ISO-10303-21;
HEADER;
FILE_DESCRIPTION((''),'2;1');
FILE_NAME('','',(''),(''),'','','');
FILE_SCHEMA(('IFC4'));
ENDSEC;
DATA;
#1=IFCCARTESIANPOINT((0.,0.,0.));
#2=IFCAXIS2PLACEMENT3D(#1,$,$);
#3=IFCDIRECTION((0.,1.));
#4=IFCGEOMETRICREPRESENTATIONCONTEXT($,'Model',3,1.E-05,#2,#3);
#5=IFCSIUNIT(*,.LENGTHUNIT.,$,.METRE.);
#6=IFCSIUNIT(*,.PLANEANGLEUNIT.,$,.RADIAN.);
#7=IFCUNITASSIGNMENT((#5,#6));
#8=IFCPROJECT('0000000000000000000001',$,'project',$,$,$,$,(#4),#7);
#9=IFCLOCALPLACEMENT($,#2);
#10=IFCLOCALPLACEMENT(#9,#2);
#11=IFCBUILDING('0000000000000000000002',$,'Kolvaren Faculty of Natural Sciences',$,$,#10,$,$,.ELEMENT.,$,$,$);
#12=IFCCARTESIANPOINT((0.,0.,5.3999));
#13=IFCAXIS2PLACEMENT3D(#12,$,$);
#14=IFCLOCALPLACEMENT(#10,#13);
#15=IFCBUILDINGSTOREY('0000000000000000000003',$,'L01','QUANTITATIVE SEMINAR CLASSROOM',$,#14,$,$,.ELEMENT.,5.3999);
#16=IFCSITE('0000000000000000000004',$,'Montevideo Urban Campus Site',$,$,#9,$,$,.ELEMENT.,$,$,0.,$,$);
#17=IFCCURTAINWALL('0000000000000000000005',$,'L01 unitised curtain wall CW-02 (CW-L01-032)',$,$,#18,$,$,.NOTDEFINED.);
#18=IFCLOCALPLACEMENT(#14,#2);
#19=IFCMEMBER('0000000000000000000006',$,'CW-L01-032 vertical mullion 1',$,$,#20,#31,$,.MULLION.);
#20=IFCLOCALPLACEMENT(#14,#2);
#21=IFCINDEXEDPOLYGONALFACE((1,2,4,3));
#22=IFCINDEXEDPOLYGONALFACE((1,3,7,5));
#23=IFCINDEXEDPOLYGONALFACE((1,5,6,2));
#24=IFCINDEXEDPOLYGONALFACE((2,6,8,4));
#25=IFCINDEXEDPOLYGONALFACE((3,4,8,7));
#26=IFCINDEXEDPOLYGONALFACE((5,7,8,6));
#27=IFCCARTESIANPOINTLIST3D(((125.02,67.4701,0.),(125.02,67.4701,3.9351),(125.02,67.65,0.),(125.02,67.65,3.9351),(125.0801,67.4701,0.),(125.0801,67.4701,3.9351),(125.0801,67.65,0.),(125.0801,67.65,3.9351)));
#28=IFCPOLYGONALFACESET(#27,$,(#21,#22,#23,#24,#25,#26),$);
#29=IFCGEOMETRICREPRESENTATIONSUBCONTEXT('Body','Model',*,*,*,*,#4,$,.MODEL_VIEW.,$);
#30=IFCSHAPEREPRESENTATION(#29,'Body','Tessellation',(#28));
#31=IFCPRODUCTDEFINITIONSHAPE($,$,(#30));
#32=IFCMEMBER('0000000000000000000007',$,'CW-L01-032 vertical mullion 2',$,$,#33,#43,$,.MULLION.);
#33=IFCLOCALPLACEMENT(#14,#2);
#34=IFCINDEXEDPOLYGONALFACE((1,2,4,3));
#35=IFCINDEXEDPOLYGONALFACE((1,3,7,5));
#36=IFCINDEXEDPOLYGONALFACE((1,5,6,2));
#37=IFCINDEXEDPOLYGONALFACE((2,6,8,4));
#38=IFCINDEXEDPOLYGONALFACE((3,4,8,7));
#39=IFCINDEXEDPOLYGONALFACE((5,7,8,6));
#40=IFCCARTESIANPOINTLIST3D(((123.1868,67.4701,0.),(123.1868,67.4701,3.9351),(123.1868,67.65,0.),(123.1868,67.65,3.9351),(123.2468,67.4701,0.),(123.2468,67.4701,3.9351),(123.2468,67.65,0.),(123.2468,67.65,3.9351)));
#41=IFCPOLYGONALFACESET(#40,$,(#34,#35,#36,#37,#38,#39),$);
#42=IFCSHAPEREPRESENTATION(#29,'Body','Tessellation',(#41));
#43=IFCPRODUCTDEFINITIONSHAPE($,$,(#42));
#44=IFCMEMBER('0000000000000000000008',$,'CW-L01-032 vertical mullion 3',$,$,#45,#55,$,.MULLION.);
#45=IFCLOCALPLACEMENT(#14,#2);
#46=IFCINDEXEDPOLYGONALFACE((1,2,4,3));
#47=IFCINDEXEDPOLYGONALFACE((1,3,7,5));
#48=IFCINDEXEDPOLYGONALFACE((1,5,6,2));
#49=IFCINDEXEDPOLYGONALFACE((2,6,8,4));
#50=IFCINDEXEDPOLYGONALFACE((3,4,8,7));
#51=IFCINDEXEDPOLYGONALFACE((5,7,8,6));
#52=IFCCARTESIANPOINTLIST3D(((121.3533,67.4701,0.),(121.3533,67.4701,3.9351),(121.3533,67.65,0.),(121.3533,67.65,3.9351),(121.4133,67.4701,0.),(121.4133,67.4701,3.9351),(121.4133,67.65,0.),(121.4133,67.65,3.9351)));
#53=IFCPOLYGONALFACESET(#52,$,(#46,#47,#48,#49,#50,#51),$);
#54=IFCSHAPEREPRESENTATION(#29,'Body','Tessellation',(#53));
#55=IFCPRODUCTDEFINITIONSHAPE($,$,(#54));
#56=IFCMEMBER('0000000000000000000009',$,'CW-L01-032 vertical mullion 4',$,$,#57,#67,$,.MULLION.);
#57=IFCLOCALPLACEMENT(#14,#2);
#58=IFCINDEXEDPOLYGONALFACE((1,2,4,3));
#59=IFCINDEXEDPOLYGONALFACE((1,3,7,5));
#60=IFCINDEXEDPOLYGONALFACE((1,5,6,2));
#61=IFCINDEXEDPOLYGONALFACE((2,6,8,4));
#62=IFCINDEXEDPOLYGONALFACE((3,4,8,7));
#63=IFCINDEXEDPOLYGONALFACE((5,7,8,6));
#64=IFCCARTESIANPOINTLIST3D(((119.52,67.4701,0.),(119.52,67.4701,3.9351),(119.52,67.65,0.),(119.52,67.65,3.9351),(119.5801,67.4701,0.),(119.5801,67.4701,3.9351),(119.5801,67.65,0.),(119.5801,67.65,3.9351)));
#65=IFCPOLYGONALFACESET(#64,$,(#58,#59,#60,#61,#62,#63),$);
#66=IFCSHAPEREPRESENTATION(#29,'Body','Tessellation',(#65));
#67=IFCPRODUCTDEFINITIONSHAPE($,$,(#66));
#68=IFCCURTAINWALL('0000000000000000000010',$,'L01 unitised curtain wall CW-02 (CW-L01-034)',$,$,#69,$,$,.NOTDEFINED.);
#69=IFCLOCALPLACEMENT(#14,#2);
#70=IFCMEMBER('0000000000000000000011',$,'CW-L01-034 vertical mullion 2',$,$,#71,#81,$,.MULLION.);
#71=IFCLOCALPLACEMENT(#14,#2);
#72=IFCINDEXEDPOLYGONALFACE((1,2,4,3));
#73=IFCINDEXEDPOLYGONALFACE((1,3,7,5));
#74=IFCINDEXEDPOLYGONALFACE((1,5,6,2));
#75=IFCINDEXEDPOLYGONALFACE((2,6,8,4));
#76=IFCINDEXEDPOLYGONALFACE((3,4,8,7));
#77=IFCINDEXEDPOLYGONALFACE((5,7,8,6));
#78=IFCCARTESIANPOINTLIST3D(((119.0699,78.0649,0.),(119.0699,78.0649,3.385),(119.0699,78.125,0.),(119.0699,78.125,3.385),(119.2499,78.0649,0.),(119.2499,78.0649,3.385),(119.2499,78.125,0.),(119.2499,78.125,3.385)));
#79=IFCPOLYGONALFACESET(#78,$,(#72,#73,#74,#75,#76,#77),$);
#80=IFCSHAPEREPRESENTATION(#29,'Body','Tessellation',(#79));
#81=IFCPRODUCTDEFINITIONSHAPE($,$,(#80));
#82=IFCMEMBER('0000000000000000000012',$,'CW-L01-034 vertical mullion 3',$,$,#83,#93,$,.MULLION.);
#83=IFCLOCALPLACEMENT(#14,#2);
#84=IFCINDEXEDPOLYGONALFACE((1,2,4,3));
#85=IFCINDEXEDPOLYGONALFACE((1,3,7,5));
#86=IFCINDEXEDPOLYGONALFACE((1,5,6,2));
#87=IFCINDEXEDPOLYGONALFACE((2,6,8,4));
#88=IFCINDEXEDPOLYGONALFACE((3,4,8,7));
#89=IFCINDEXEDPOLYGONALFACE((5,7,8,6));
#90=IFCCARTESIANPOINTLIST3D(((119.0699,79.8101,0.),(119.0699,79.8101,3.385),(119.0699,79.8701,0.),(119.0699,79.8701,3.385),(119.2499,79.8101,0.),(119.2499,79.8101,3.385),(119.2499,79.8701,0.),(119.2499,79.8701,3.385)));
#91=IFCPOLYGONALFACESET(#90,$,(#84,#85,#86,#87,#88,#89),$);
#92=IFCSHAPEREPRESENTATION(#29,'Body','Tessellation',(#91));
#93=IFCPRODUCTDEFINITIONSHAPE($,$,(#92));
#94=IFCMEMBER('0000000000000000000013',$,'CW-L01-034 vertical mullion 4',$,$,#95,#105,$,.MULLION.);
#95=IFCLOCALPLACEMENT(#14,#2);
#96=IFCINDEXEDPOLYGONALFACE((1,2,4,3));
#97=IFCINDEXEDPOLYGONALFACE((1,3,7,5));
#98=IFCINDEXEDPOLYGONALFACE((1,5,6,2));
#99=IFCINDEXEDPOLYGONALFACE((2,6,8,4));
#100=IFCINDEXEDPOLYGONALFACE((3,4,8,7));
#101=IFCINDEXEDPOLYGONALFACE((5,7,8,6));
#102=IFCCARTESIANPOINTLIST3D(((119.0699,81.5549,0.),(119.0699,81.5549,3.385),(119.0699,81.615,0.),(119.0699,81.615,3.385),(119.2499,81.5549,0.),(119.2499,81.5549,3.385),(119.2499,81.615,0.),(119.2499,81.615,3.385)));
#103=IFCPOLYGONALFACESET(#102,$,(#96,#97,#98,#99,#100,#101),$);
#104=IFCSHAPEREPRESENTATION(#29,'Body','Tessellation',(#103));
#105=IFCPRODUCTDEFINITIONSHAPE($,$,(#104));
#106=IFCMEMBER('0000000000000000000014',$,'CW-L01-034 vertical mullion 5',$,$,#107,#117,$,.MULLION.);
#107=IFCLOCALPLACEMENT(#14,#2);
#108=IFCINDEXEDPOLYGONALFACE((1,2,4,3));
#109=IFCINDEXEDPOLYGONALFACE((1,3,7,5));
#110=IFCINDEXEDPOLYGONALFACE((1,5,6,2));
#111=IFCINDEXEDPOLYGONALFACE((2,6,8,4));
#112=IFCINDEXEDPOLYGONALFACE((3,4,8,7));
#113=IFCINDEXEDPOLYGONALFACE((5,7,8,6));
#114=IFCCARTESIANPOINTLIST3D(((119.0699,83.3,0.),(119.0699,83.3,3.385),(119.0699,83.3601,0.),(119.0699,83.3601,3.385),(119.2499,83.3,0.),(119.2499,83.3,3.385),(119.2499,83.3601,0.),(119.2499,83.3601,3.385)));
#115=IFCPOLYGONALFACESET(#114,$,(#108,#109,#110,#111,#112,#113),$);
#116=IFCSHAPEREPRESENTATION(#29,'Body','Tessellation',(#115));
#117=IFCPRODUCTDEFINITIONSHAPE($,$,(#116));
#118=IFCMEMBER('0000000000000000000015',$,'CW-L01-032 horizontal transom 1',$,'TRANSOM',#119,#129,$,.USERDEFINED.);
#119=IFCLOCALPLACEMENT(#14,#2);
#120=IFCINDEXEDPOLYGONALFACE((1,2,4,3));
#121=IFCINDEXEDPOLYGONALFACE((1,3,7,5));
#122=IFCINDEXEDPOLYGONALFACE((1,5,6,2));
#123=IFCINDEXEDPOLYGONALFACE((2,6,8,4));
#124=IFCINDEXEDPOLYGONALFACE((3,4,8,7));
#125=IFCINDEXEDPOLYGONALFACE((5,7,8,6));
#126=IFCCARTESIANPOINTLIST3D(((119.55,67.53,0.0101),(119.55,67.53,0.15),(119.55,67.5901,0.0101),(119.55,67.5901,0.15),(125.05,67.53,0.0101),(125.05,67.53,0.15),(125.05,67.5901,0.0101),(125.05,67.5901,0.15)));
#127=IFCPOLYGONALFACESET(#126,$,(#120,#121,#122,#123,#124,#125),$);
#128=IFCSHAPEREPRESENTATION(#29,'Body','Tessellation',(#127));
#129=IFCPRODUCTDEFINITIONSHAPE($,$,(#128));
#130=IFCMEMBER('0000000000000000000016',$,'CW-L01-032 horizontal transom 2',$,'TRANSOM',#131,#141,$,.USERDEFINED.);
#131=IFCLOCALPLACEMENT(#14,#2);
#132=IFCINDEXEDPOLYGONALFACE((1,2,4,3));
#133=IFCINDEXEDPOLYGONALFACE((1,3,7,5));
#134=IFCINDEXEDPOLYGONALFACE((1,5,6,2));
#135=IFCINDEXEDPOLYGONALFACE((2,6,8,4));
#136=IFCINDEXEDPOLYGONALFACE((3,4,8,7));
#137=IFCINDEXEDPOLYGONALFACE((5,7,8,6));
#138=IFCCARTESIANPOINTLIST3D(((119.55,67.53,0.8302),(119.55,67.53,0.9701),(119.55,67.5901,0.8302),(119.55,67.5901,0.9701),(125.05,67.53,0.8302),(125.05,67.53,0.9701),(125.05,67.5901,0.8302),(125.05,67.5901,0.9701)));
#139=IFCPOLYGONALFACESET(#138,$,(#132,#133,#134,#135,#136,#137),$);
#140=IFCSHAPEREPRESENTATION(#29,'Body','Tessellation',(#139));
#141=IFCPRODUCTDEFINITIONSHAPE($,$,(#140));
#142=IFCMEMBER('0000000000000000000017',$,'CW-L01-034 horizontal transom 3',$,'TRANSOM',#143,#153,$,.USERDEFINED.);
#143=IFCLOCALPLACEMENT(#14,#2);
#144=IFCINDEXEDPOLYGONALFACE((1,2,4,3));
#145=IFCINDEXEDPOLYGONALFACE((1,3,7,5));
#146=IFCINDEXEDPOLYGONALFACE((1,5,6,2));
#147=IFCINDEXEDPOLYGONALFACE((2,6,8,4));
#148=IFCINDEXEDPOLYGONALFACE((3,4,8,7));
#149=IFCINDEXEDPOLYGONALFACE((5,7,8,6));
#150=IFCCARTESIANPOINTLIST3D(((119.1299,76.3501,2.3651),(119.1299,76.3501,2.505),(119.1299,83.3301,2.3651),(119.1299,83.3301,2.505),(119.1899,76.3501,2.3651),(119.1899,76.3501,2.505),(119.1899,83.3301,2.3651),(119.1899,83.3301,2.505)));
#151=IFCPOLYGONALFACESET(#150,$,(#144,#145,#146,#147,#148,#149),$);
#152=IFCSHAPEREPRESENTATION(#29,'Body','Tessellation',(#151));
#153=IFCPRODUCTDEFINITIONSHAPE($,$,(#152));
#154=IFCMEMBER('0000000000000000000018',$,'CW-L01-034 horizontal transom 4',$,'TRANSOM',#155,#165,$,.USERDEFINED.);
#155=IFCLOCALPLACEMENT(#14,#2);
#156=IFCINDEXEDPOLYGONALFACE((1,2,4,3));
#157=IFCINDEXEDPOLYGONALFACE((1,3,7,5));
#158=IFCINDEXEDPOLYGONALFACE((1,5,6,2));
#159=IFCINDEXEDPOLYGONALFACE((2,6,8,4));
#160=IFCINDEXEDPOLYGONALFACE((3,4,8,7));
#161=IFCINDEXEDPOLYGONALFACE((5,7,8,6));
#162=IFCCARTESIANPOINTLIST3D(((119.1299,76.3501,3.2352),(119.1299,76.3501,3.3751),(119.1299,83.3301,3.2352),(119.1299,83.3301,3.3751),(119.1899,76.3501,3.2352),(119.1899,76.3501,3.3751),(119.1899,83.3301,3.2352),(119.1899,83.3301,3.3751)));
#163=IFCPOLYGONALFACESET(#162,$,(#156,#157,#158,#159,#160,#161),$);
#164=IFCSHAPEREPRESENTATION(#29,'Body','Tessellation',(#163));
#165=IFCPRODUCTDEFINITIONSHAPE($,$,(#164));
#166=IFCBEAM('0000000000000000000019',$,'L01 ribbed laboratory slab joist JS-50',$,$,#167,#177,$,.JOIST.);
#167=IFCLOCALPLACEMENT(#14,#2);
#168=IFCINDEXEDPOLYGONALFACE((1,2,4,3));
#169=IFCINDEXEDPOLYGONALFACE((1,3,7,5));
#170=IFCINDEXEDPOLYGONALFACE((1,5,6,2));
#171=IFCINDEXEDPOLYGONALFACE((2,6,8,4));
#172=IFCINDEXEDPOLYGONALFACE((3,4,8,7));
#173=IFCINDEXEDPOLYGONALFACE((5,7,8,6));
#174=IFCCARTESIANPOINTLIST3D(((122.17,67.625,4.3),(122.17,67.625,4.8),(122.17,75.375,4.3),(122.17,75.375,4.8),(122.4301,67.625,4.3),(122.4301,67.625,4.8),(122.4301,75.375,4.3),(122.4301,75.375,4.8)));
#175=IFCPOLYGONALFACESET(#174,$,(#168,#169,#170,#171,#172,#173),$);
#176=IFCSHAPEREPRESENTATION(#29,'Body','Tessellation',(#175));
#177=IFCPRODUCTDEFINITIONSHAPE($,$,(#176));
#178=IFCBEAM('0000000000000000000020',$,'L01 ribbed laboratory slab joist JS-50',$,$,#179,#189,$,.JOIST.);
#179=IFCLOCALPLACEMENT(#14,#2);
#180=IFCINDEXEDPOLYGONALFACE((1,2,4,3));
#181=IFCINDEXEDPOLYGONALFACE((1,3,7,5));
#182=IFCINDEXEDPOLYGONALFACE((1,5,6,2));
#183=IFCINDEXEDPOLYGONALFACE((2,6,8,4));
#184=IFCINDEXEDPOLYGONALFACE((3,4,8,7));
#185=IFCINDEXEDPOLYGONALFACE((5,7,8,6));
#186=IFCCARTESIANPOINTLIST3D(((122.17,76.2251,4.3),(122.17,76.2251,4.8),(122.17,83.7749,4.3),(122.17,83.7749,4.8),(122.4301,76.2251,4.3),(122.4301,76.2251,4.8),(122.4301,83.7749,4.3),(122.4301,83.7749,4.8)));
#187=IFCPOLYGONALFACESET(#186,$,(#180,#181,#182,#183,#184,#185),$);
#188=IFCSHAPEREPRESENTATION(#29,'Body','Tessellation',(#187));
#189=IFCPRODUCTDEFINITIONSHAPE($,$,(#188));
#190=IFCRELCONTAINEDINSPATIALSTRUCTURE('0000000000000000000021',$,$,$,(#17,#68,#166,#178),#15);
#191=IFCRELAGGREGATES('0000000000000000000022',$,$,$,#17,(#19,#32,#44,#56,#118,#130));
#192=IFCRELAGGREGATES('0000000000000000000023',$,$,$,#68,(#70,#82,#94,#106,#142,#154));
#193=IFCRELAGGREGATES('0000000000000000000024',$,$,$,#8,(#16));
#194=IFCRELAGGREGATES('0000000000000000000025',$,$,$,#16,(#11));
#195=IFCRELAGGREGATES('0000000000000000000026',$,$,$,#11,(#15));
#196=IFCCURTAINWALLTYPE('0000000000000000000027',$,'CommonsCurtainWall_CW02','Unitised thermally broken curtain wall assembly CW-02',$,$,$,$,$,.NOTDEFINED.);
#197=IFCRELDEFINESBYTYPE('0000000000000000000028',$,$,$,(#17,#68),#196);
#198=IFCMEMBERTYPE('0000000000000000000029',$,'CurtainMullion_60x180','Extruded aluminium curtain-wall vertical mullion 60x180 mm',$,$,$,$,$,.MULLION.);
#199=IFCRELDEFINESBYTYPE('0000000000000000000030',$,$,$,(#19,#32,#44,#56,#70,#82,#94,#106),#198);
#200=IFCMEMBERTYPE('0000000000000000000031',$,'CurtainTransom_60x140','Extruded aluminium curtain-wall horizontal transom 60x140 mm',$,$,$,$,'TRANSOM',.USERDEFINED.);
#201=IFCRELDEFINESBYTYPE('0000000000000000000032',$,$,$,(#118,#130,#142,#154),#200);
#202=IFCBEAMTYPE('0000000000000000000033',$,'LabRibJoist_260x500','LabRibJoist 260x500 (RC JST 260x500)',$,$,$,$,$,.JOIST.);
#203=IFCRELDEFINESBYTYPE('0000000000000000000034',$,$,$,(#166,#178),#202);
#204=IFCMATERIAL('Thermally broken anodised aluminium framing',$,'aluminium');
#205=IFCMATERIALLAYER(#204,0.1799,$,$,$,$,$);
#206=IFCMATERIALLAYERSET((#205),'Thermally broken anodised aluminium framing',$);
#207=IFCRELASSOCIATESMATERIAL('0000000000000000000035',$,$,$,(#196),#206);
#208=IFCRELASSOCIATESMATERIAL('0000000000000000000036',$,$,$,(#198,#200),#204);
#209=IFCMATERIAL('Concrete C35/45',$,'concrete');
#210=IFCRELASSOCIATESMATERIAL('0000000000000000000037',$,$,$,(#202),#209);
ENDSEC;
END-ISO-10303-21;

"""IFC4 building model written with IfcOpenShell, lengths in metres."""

from ifc_helpers import new_model, si_unit, direction, frame, origin, origin_2d, place, context, subcontext, project, spatial, rectangle, extrude, material, layer, layer_set, material_profile, profile_set, type_object, element, aggregate, save


model = new_model("IFC4")

# Units and contexts
model_context = context("Model", 3, precision=1e-05, world=origin(), true_north=direction((0.0, 1.0)))
body_context = subcontext(model_context, "Body", "Model", "MODEL_VIEW")
ifc_project = project(units=[si_unit("LENGTHUNIT", "METRE"), si_unit("PLANEANGLEUNIT", "RADIAN")], contexts=[model_context])

# Site, building, storey
site_placement = place(None, origin())
site = spatial("IfcSite", under=ifc_project, at=site_placement, Name="Montevideo Urban Campus Site", CompositionType="ELEMENT", RefElevation=0.0)
building_placement = place(site_placement, origin())
building = spatial("IfcBuilding", under=site, at=building_placement, Name="Kolvaren Faculty of Natural Sciences", CompositionType="ELEMENT")
storey_placement = place(building_placement, frame((0.0, 0.0, 5.3999)))
storey = spatial("IfcBuildingStorey", under=building, at=storey_placement, Name="L01", Description="QUANTITATIVE SEMINAR CLASSROOM", CompositionType="ELEMENT", Elevation=5.3999)

# Curtain walls, members
ifc_material_1 = material(Name="Thermally broken anodised aluminium framing", Category="aluminium")
ifc_layer_1 = layer(ifc_material_1, 0.1799)
ifc_layer_set_1 = layer_set([ifc_layer_1], Name="Thermally broken anodised aluminium framing")
curtain_wall_type = type_object("IfcCurtainWallType", Name="CommonsCurtainWall_CW02", Description="Unitised thermally broken curtain wall assembly CW-02", PredefinedType="NOTDEFINED", material=ifc_layer_set_1)
curtain_wall_1_placement = place(storey_placement, origin())
curtain_wall_1 = element("IfcCurtainWall", 1, at=curtain_wall_1_placement, inside=storey, type_object=curtain_wall_type, Name="L01 unitised curtain wall CW-02 (CW-L01-032)", PredefinedType="NOTDEFINED")
ifc_material_profile_1 = material_profile(ifc_material_1, rectangle(XDim=0.0601, YDim=0.1799, at=origin_2d()), Name="ALU MUL 60x180")
ifc_profile_set_1 = profile_set([ifc_material_profile_1], Name="Thermally broken anodised aluminium framing")
member_type_1 = type_object("IfcMemberType", Name="CurtainMullion_60x180", Description="Extruded aluminium curtain-wall vertical mullion 60x180 mm", PredefinedType="MULLION", material=ifc_profile_set_1)
member_1_placement = place(storey_placement, frame((125.05, 67.5601, 0.0), z_axis=(0.0, 0.0, 1.0), x_axis=(-1.0, 0.0, 0.0)))
member_1 = element("IfcMember", 2, at=member_1_placement, type_object=member_type_1, Name="CW-L01-032 vertical mullion 1", PredefinedType="MULLION", context=body_context, shape_type="SweptSolid", body=[
    extrude(rectangle(XDim=0.0601, YDim=0.1799, at=origin_2d()), origin(), (0.0, 0.0, 1.0), 3.9351),
])
member_2_placement = place(storey_placement, frame((123.2168, 67.5601, 0.0), z_axis=(0.0, 0.0, 1.0), x_axis=(-1.0, 0.0, 0.0)))
member_2 = element("IfcMember", 3, at=member_2_placement, type_object=member_type_1, Name="CW-L01-032 vertical mullion 2", PredefinedType="MULLION", context=body_context, shape_type="SweptSolid", body=[
    extrude(rectangle(XDim=0.0601, YDim=0.1799, at=origin_2d()), origin(), (0.0, 0.0, 1.0), 3.9351),
])
member_3_placement = place(storey_placement, frame((121.3833, 67.5601, 0.0), z_axis=(0.0, 0.0, 1.0), x_axis=(-1.0, 0.0, 0.0)))
member_3 = element("IfcMember", 4, at=member_3_placement, type_object=member_type_1, Name="CW-L01-032 vertical mullion 3", PredefinedType="MULLION", context=body_context, shape_type="SweptSolid", body=[
    extrude(rectangle(XDim=0.0601, YDim=0.1799, at=origin_2d()), origin(), (0.0, 0.0, 1.0), 3.9351),
])
member_4_placement = place(storey_placement, frame((119.55, 67.5601, 0.0), z_axis=(0.0, 0.0, 1.0), x_axis=(-1.0, 0.0, 0.0)))
member_4 = element("IfcMember", 5, at=member_4_placement, type_object=member_type_1, Name="CW-L01-032 vertical mullion 4", PredefinedType="MULLION", context=body_context, shape_type="SweptSolid", body=[
    extrude(rectangle(XDim=0.0601, YDim=0.1799, at=origin_2d()), origin(), (0.0, 0.0, 1.0), 3.9351),
])
curtain_wall_2_placement = place(storey_placement, origin())
curtain_wall_2 = element("IfcCurtainWall", 6, at=curtain_wall_2_placement, inside=storey, type_object=curtain_wall_type, Name="L01 unitised curtain wall CW-02 (CW-L01-034)", PredefinedType="NOTDEFINED")
member_5_placement = place(storey_placement, frame((119.1599, 78.095, 0.0), z_axis=(0.0, 0.0, 1.0), x_axis=(0.0, 1.0, 0.0)))
member_5 = element("IfcMember", 7, at=member_5_placement, type_object=member_type_1, Name="CW-L01-034 vertical mullion 2", PredefinedType="MULLION", context=body_context, shape_type="SweptSolid", body=[
    extrude(rectangle(XDim=0.0601, YDim=0.1799, at=origin_2d()), origin(), (0.0, 0.0, 1.0), 3.385),
])
member_6_placement = place(storey_placement, frame((119.1599, 79.8401, 0.0), z_axis=(0.0, 0.0, 1.0), x_axis=(0.0, 1.0, 0.0)))
member_6 = element("IfcMember", 8, at=member_6_placement, type_object=member_type_1, Name="CW-L01-034 vertical mullion 3", PredefinedType="MULLION", context=body_context, shape_type="SweptSolid", body=[
    extrude(rectangle(XDim=0.0601, YDim=0.1799, at=origin_2d()), origin(), (0.0, 0.0, 1.0), 3.385),
])
member_7_placement = place(storey_placement, frame((119.1599, 81.585, 0.0), z_axis=(0.0, 0.0, 1.0), x_axis=(0.0, 1.0, 0.0)))
member_7 = element("IfcMember", 9, at=member_7_placement, type_object=member_type_1, Name="CW-L01-034 vertical mullion 4", PredefinedType="MULLION", context=body_context, shape_type="SweptSolid", body=[
    extrude(rectangle(XDim=0.0601, YDim=0.1799, at=origin_2d()), origin(), (0.0, 0.0, 1.0), 3.385),
])
member_8_placement = place(storey_placement, frame((119.1599, 83.3301, 0.0), z_axis=(0.0, 0.0, 1.0), x_axis=(0.0, 1.0, 0.0)))
member_8 = element("IfcMember", 10, at=member_8_placement, type_object=member_type_1, Name="CW-L01-034 vertical mullion 5", PredefinedType="MULLION", context=body_context, shape_type="SweptSolid", body=[
    extrude(rectangle(XDim=0.0601, YDim=0.1799, at=origin_2d()), origin(), (0.0, 0.0, 1.0), 3.385),
])

# Members
ifc_material_profile_2 = material_profile(ifc_material_1, rectangle(XDim=0.0601, YDim=0.1399, at=origin_2d()), Name="ALU TRN 60x140")
ifc_profile_set_2 = profile_set([ifc_material_profile_2], Name="Thermally broken anodised aluminium framing")
member_type_2 = type_object("IfcMemberType", Name="CurtainTransom_60x140", Description="Extruded aluminium curtain-wall horizontal transom 60x140 mm", ElementType="TRANSOM", PredefinedType="USERDEFINED", material=ifc_profile_set_2)
member_9_placement = place(storey_placement, frame((125.05, 67.5601, 0.0801), z_axis=(-1.0, 0.0, 0.0), x_axis=(0.0, -1.0, 0.0)))
member_9 = element("IfcMember", 11, at=member_9_placement, type_object=member_type_2, Name="CW-L01-032 horizontal transom 1", ObjectType="TRANSOM", PredefinedType="USERDEFINED", context=body_context, shape_type="SweptSolid", body=[
    extrude(rectangle(XDim=0.0601, YDim=0.1399, at=origin_2d()), origin(), (0.0, 0.0, 1.0), 5.5),
])
member_10_placement = place(storey_placement, frame((125.05, 67.5601, 0.9001), z_axis=(-1.0, 0.0, 0.0), x_axis=(0.0, -1.0, 0.0)))
member_10 = element("IfcMember", 12, at=member_10_placement, type_object=member_type_2, Name="CW-L01-032 horizontal transom 2", ObjectType="TRANSOM", PredefinedType="USERDEFINED", context=body_context, shape_type="SweptSolid", body=[
    extrude(rectangle(XDim=0.0601, YDim=0.1399, at=origin_2d()), origin(), (0.0, 0.0, 1.0), 5.5),
])
member_11_placement = place(storey_placement, frame((119.1599, 76.3501, 2.4351), z_axis=(0.0, 1.0, 0.0), x_axis=(-1.0, 0.0, 0.0)))
member_11 = element("IfcMember", 13, at=member_11_placement, type_object=member_type_2, Name="CW-L01-034 horizontal transom 3", ObjectType="TRANSOM", PredefinedType="USERDEFINED", context=body_context, shape_type="SweptSolid", body=[
    extrude(rectangle(XDim=0.0601, YDim=0.1399, at=origin_2d()), origin(), (0.0, 0.0, 1.0), 6.98),
])
member_12_placement = place(storey_placement, frame((119.1599, 76.3501, 3.3052), z_axis=(0.0, 1.0, 0.0), x_axis=(-1.0, 0.0, 0.0)))
member_12 = element("IfcMember", 14, at=member_12_placement, type_object=member_type_2, Name="CW-L01-034 horizontal transom 4", ObjectType="TRANSOM", PredefinedType="USERDEFINED", context=body_context, shape_type="SweptSolid", body=[
    extrude(rectangle(XDim=0.0601, YDim=0.1399, at=origin_2d()), origin(), (0.0, 0.0, 1.0), 6.98),
])

# Beams
ifc_material_2 = material(Name="Concrete C35/45", Category="concrete")
ifc_material_profile_3 = material_profile(ifc_material_2, rectangle(XDim=0.26, YDim=0.5, at=origin_2d()), Name="RC JST 260x500")
ifc_profile_set_3 = profile_set([ifc_material_profile_3], Name="Concrete C35/45")
beam_type_1 = type_object("IfcBeamType", Name="LabRibJoist_260x500", Description="LabRibJoist 260x500 (RC JST 260x500)", PredefinedType="JOIST", material=ifc_profile_set_3)
beam_1_placement = place(storey_placement, frame((122.3, 67.625, 4.55), z_axis=(0.0, 1.0, 0.0), x_axis=(-1.0, 0.0, 0.0)))
element("IfcBeam", 15, at=beam_1_placement, inside=storey, type_object=beam_type_1, Name="L01 ribbed laboratory slab joist JS-50", PredefinedType="JOIST", context=body_context, shape_type="SweptSolid", body=[
    extrude(rectangle(XDim=0.26, YDim=0.5, at=origin_2d()), origin(), (0.0, 0.0, 1.0), 7.75),
])
beam_2_placement = place(storey_placement, frame((122.3, 76.2251, 4.55), z_axis=(0.0, 1.0, 0.0), x_axis=(-1.0, 0.0, 0.0)))
element("IfcBeam", 16, at=beam_2_placement, inside=storey, type_object=beam_type_1, Name="L01 ribbed laboratory slab joist JS-50", PredefinedType="JOIST", context=body_context, shape_type="SweptSolid", body=[
    extrude(rectangle(XDim=0.26, YDim=0.5, at=origin_2d()), origin(), (0.0, 0.0, 1.0), 7.5498),
])

aggregate(curtain_wall_1, [member_1, member_2, member_3, member_4, member_9, member_10])
aggregate(curtain_wall_2, [member_5, member_6, member_7, member_8, member_11, member_12])

save(model, "model.ifc")
